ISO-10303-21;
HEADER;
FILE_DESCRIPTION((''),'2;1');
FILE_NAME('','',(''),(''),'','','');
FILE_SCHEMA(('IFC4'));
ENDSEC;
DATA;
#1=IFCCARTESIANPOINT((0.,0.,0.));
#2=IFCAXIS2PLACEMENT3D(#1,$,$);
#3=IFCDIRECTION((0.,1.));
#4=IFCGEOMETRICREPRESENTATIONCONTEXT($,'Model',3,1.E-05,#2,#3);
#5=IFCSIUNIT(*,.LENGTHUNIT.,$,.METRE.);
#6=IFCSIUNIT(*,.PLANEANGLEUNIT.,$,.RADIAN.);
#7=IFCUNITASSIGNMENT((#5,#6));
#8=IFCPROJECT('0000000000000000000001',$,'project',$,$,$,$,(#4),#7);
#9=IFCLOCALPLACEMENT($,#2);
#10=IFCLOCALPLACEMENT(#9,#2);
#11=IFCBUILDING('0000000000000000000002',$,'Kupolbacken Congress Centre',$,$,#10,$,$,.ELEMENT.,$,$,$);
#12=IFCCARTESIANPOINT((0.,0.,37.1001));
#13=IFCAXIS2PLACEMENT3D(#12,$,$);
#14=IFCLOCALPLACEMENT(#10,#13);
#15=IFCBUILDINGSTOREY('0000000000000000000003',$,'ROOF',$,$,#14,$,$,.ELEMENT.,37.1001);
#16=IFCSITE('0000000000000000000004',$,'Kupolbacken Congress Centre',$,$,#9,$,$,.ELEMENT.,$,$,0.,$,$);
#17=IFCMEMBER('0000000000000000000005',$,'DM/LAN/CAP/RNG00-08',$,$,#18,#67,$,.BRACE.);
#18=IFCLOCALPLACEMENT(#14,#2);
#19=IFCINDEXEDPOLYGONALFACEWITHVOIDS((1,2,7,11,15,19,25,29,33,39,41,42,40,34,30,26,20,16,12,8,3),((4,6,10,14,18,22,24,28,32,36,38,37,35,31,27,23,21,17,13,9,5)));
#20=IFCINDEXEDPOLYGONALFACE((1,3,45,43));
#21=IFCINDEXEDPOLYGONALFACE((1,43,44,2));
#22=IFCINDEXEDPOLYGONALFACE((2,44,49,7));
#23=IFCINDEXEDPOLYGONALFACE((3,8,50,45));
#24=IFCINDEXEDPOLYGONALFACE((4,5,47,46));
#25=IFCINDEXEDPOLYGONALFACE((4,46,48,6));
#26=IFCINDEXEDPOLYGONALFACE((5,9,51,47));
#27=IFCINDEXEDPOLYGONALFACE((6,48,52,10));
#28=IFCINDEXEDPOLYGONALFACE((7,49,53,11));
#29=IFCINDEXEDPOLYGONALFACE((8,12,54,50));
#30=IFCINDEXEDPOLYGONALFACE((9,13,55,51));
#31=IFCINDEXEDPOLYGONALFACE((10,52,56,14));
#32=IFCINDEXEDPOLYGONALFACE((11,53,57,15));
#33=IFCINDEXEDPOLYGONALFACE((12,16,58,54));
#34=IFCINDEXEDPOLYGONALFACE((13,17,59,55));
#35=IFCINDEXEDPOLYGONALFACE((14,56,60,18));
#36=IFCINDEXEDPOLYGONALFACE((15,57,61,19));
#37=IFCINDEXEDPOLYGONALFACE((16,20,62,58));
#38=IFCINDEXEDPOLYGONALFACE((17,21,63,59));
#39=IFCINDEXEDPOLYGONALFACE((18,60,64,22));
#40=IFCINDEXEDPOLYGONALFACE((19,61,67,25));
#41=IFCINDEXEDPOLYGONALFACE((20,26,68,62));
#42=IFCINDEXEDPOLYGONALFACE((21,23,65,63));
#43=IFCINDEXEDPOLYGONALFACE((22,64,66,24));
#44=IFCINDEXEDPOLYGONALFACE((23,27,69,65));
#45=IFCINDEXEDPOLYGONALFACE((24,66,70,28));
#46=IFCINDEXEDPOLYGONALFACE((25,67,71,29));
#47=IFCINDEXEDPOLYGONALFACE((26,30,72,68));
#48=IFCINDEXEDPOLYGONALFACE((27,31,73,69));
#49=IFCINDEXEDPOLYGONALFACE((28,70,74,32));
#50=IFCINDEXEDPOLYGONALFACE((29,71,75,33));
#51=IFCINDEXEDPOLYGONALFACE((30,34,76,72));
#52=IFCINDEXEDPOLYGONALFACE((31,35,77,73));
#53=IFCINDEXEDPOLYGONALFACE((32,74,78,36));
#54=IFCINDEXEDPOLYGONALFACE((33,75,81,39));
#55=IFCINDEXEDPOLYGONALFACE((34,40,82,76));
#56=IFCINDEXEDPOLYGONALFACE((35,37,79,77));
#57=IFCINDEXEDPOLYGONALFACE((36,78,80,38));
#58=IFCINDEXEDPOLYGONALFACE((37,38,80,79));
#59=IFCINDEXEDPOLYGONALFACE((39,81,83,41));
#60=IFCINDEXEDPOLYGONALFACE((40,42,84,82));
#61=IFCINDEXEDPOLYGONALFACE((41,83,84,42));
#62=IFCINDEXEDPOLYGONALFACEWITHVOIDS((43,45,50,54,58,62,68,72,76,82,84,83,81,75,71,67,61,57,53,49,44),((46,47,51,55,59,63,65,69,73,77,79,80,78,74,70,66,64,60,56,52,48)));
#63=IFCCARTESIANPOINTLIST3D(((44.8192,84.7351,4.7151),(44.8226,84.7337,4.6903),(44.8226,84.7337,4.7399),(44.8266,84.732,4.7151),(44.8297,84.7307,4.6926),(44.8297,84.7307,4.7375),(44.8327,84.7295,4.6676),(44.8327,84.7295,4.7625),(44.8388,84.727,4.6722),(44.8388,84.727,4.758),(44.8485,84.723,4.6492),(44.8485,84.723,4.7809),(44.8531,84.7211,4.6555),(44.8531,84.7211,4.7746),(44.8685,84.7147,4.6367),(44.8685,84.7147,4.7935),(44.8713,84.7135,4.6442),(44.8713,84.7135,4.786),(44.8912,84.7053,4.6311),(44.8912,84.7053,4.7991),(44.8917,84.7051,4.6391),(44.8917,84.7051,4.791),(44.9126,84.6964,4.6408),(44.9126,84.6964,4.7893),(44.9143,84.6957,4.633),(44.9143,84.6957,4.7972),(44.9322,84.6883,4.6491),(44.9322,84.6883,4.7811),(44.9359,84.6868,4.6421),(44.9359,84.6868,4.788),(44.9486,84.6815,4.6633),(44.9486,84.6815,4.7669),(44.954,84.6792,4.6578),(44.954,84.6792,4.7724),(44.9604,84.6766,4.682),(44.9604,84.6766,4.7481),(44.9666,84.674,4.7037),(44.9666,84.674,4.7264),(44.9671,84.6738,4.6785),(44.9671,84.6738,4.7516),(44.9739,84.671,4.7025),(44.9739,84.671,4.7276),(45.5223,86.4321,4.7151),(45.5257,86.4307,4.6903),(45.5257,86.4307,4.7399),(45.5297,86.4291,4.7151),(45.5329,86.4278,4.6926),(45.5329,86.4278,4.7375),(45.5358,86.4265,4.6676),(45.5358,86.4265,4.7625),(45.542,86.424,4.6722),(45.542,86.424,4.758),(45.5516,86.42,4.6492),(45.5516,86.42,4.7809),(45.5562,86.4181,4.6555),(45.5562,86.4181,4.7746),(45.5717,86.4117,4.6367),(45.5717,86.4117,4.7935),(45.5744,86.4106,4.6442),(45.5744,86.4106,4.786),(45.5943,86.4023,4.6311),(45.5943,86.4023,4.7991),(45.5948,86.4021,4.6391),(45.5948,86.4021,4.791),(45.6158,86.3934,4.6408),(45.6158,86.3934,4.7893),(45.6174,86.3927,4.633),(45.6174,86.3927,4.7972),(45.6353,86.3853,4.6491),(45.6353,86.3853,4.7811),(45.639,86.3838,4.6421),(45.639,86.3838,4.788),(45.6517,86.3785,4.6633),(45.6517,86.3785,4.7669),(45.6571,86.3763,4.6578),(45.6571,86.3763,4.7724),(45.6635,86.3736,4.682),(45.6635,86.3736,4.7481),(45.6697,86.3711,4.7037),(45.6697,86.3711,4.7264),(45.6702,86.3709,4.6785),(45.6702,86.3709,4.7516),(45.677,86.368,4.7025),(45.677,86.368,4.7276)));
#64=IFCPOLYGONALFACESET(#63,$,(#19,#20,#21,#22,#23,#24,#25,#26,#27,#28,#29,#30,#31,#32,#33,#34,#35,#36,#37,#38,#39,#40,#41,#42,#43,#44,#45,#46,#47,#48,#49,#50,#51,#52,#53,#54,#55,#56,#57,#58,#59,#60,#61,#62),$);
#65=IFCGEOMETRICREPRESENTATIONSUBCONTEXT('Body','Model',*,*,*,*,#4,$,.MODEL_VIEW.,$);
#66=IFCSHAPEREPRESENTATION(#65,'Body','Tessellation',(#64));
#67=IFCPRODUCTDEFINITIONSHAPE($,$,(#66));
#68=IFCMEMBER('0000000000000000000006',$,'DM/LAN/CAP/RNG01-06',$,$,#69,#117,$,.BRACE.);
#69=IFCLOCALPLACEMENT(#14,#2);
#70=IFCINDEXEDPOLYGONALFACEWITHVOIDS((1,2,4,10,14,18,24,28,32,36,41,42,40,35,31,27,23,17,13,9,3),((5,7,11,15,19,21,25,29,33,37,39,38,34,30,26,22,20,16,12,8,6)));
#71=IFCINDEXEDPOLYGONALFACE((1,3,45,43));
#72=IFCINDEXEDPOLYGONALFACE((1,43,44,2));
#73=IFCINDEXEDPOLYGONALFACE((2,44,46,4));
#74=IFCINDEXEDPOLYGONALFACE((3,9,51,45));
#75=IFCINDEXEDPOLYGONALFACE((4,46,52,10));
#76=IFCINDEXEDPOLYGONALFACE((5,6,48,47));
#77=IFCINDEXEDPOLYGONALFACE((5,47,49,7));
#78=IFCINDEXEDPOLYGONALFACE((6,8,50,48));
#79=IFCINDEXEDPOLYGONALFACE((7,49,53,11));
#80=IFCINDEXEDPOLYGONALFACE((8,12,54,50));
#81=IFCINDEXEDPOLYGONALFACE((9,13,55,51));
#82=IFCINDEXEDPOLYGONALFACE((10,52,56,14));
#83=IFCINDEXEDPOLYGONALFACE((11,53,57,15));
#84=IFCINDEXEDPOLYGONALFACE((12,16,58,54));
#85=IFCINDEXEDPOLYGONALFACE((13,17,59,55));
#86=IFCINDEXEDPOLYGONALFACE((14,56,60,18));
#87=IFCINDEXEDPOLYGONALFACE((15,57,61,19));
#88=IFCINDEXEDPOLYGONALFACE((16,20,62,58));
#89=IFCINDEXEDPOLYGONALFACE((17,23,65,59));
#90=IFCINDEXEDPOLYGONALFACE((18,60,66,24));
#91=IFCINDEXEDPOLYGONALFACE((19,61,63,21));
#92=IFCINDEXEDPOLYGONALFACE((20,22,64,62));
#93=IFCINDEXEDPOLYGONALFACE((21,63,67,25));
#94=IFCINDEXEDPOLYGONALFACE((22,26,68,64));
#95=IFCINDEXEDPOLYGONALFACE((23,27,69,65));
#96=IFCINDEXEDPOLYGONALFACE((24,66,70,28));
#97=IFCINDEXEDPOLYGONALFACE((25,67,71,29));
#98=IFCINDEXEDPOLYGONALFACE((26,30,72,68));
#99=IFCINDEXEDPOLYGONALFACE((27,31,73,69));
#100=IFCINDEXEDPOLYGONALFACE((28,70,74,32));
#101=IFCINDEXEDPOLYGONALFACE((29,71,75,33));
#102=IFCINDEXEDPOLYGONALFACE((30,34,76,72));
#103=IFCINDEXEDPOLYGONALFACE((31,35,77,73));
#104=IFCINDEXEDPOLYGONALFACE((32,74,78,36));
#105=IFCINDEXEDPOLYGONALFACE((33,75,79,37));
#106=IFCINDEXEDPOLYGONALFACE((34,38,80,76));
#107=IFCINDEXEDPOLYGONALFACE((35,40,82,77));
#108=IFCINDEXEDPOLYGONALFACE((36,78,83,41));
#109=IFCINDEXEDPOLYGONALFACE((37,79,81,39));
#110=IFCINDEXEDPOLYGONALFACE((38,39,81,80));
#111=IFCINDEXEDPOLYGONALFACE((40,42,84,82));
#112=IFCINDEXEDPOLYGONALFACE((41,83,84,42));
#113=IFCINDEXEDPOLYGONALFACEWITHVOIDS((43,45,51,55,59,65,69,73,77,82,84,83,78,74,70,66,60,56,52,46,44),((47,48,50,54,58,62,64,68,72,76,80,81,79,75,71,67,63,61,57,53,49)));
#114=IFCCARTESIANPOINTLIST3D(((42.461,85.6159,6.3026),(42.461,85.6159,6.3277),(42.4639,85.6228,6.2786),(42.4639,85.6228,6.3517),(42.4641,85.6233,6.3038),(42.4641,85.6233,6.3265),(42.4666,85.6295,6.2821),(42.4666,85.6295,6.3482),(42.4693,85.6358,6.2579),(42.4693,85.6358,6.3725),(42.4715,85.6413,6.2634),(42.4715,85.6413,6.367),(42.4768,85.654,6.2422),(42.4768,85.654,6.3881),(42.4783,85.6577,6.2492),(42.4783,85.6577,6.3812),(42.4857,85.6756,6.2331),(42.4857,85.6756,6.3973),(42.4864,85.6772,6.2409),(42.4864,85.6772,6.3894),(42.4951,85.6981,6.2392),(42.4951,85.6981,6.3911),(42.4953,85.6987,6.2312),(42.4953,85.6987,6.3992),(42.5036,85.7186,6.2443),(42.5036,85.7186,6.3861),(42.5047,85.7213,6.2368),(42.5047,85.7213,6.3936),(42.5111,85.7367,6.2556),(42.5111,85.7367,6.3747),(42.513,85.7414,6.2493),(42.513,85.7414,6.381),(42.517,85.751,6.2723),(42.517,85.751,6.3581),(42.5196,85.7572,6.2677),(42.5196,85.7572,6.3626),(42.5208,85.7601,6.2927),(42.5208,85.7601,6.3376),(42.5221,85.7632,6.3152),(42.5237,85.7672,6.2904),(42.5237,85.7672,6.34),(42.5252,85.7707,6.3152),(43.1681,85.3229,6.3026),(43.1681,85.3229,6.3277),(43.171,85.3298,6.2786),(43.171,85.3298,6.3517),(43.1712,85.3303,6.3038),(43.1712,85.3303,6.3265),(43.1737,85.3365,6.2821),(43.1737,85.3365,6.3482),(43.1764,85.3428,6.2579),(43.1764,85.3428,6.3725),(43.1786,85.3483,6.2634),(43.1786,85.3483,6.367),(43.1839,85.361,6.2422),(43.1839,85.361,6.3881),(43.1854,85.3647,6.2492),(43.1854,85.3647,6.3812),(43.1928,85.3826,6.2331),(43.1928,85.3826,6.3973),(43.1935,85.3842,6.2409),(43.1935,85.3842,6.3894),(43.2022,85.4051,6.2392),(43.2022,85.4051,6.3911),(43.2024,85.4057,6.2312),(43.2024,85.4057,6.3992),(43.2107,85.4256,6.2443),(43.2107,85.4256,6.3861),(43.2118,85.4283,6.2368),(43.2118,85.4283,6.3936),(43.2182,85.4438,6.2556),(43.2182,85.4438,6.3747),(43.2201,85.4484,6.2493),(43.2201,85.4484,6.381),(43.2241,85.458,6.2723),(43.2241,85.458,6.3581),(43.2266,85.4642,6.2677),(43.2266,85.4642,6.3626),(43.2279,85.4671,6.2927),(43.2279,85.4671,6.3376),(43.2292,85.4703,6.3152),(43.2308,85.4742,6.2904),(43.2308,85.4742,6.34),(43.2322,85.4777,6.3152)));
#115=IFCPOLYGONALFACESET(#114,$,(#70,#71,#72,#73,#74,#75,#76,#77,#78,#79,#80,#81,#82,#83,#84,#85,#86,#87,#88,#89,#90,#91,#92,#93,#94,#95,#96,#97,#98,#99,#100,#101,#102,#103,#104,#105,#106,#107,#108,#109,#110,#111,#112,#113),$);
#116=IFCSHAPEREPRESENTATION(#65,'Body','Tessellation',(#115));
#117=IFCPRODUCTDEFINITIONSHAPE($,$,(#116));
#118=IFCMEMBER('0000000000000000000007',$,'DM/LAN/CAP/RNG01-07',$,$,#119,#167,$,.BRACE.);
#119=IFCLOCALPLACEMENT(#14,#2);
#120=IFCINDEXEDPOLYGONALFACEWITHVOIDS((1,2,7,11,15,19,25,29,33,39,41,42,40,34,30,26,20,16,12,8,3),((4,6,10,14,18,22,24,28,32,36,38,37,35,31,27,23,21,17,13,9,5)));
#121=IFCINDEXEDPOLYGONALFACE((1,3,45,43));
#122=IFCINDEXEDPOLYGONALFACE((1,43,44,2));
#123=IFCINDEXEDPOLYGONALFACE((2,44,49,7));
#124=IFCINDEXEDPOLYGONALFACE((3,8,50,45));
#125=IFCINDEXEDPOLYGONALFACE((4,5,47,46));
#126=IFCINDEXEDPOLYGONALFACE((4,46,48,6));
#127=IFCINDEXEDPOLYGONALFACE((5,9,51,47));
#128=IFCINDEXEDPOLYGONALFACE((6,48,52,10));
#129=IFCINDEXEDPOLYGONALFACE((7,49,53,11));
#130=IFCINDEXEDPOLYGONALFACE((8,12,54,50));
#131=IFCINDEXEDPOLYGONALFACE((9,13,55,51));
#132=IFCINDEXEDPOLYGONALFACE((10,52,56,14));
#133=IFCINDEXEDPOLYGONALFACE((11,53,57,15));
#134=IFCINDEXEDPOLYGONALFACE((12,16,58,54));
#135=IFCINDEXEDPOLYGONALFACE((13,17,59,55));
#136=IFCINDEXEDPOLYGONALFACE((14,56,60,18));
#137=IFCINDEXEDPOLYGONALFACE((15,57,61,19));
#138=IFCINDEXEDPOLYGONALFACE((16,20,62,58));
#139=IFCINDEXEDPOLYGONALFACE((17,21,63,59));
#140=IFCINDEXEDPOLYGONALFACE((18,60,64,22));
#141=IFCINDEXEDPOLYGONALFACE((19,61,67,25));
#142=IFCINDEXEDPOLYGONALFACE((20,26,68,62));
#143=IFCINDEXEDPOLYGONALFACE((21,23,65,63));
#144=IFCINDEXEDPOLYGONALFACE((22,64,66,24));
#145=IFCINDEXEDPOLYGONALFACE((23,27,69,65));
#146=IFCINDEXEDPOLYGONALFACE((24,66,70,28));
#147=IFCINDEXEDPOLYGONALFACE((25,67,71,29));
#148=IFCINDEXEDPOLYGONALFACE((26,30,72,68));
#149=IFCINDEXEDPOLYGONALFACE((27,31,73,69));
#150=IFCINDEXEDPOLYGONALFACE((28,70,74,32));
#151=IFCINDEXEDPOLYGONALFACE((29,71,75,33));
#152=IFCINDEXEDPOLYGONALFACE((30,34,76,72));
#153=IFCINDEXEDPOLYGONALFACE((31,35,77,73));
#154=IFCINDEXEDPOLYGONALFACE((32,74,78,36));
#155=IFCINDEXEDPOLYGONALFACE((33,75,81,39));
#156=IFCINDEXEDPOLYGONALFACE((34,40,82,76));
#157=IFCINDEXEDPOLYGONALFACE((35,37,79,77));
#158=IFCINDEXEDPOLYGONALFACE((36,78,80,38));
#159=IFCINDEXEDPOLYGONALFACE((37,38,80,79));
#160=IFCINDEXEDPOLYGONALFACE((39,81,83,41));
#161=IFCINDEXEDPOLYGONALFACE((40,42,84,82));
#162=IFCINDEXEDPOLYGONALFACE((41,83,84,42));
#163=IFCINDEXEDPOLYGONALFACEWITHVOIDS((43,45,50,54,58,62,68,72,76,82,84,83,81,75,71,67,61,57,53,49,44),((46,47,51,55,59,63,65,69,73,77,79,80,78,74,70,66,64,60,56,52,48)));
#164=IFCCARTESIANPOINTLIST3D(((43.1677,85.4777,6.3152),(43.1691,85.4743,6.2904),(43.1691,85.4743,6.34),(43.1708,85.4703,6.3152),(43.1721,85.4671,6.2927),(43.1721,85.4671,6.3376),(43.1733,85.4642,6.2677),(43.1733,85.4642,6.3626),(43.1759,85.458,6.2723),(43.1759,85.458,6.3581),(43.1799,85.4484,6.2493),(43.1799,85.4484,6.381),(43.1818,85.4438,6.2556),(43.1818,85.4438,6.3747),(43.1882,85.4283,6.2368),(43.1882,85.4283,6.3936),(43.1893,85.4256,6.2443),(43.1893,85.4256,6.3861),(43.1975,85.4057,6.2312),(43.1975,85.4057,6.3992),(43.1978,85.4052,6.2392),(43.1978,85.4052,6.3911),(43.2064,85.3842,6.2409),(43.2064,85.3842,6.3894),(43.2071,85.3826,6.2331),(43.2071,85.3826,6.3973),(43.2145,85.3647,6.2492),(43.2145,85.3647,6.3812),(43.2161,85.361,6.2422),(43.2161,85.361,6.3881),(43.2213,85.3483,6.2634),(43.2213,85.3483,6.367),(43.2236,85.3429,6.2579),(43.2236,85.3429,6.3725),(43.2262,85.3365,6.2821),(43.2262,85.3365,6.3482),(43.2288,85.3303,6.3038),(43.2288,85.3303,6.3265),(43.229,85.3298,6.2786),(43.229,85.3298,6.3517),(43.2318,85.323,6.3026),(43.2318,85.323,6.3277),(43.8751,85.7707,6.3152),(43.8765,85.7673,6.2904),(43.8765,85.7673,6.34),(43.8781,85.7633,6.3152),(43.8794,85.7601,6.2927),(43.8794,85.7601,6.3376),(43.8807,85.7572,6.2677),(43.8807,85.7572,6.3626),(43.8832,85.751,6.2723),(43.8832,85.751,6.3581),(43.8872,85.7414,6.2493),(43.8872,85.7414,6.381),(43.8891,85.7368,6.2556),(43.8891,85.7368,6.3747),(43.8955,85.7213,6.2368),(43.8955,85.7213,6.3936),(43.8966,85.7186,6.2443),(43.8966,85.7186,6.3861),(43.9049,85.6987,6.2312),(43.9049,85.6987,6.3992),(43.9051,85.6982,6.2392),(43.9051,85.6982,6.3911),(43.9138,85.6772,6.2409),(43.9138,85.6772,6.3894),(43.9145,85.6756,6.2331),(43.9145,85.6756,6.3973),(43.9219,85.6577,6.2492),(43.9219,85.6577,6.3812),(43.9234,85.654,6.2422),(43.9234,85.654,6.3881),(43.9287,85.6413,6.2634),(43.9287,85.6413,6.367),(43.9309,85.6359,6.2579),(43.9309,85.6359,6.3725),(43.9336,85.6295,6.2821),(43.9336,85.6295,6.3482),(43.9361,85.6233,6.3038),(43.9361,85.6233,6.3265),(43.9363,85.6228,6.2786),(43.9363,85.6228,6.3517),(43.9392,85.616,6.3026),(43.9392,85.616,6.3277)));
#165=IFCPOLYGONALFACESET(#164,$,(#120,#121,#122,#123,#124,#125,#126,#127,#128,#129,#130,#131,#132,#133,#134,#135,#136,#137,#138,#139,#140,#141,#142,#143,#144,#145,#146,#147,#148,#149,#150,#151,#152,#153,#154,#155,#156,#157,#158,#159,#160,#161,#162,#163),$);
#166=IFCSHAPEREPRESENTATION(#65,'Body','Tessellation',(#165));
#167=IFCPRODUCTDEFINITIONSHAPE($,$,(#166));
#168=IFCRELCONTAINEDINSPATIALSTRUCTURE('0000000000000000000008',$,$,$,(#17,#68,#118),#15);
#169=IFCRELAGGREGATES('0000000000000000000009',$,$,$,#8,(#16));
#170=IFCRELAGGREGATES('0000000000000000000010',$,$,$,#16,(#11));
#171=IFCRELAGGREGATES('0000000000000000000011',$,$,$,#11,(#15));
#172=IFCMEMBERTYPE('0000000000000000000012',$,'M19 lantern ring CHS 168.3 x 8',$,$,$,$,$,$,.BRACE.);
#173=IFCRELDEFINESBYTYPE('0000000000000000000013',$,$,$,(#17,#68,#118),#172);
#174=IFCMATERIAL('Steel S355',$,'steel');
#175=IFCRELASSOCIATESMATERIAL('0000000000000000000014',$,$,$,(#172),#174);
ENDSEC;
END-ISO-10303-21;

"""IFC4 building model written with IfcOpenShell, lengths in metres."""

from ifc_helpers import new_model, si_unit, direction, frame, origin, origin_2d, place, context, subcontext, project, spatial, hollow_circle, extrude, material, material_profile, profile_set, type_object, element, save


model = new_model("IFC4")

# Units and contexts
model_context = context("Model", 3, precision=1e-05, world=origin(), true_north=direction((0.0, 1.0)))
body_context = subcontext(model_context, "Body", "Model", "MODEL_VIEW")
ifc_project = project(units=[si_unit("LENGTHUNIT", "METRE"), si_unit("PLANEANGLEUNIT", "RADIAN")], contexts=[model_context])

# Site, building, storey
site_placement = place(None, origin())
site = spatial("IfcSite", under=ifc_project, at=site_placement, Name="Kupolbacken Congress Centre", CompositionType="ELEMENT", RefElevation=0.0)
building_placement = place(site_placement, origin())
building = spatial("IfcBuilding", under=site, at=building_placement, Name="Kupolbacken Congress Centre", CompositionType="ELEMENT")
storey_placement = place(building_placement, frame((0.0, 0.0, 37.1001)))
storey = spatial("IfcBuildingStorey", under=building, at=storey_placement, Name="ROOF", CompositionType="ELEMENT", Elevation=37.1001)

# Members
ifc_material_1 = material(Name="Steel S355", Category="steel")
ifc_material_profile_1 = material_profile(ifc_material_1, hollow_circle(Radius=0.0842, WallThickness=0.0081, at=origin_2d()), Name="CHS 168.3 x 8")
ifc_profile_set_1 = profile_set([ifc_material_profile_1], Name="Steel S355")
member_type_1 = type_object("IfcMemberType", Name="M19 lantern ring CHS 168.3 x 8", PredefinedType="BRACE", material=ifc_profile_set_1)
for number, where, z_axis, x_axis, name in (
    (1, (44.897, 84.7029, 4.7151), (0.382774, 0.923842, 0.0), (-0.923842, 0.382774, 0.0), "DM/LAN/CAP/RNG00-08"),
):
    element("IfcMember", number, at=place(storey_placement, frame(where, z_axis=z_axis, x_axis=x_axis)), inside=storey, type_object=member_type_1, Name=name, PredefinedType="BRACE", context=body_context, shape_type="SweptSolid", body=[
        extrude(hollow_circle(Radius=0.0842, WallThickness=0.0081, at=origin_2d()), origin(), (0.0, 0.0, 1.0), 1.8369),
    ])
member_1_placement = place(storey_placement, frame((42.4929, 85.6929, 6.3152), z_axis=(0.92383, -0.382803, 0.0), x_axis=(0.382803, 0.92383, 0.0)))
element("IfcMember", 2, at=member_1_placement, inside=storey, type_object=member_type_1, Name="DM/LAN/CAP/RNG01-06", PredefinedType="BRACE", context=body_context, shape_type="SweptSolid", body=[
    extrude(hollow_circle(Radius=0.0842, WallThickness=0.0081, at=origin_2d()), origin(), (0.0, 0.0, 1.0), 0.7654),
])
member_2_placement = place(storey_placement, frame((43.2, 85.3999, 6.3152), z_axis=(0.923877, 0.38269, 0.0), x_axis=(-0.38269, 0.923877, 0.0)))
element("IfcMember", 3, at=member_2_placement, inside=storey, type_object=member_type_1, Name="DM/LAN/CAP/RNG01-07", PredefinedType="BRACE", context=body_context, shape_type="SweptSolid", body=[
    extrude(hollow_circle(Radius=0.0842, WallThickness=0.0081, at=origin_2d()), origin(), (0.0, 0.0, 1.0), 0.7656),
])

save(model, "model.ifc")
